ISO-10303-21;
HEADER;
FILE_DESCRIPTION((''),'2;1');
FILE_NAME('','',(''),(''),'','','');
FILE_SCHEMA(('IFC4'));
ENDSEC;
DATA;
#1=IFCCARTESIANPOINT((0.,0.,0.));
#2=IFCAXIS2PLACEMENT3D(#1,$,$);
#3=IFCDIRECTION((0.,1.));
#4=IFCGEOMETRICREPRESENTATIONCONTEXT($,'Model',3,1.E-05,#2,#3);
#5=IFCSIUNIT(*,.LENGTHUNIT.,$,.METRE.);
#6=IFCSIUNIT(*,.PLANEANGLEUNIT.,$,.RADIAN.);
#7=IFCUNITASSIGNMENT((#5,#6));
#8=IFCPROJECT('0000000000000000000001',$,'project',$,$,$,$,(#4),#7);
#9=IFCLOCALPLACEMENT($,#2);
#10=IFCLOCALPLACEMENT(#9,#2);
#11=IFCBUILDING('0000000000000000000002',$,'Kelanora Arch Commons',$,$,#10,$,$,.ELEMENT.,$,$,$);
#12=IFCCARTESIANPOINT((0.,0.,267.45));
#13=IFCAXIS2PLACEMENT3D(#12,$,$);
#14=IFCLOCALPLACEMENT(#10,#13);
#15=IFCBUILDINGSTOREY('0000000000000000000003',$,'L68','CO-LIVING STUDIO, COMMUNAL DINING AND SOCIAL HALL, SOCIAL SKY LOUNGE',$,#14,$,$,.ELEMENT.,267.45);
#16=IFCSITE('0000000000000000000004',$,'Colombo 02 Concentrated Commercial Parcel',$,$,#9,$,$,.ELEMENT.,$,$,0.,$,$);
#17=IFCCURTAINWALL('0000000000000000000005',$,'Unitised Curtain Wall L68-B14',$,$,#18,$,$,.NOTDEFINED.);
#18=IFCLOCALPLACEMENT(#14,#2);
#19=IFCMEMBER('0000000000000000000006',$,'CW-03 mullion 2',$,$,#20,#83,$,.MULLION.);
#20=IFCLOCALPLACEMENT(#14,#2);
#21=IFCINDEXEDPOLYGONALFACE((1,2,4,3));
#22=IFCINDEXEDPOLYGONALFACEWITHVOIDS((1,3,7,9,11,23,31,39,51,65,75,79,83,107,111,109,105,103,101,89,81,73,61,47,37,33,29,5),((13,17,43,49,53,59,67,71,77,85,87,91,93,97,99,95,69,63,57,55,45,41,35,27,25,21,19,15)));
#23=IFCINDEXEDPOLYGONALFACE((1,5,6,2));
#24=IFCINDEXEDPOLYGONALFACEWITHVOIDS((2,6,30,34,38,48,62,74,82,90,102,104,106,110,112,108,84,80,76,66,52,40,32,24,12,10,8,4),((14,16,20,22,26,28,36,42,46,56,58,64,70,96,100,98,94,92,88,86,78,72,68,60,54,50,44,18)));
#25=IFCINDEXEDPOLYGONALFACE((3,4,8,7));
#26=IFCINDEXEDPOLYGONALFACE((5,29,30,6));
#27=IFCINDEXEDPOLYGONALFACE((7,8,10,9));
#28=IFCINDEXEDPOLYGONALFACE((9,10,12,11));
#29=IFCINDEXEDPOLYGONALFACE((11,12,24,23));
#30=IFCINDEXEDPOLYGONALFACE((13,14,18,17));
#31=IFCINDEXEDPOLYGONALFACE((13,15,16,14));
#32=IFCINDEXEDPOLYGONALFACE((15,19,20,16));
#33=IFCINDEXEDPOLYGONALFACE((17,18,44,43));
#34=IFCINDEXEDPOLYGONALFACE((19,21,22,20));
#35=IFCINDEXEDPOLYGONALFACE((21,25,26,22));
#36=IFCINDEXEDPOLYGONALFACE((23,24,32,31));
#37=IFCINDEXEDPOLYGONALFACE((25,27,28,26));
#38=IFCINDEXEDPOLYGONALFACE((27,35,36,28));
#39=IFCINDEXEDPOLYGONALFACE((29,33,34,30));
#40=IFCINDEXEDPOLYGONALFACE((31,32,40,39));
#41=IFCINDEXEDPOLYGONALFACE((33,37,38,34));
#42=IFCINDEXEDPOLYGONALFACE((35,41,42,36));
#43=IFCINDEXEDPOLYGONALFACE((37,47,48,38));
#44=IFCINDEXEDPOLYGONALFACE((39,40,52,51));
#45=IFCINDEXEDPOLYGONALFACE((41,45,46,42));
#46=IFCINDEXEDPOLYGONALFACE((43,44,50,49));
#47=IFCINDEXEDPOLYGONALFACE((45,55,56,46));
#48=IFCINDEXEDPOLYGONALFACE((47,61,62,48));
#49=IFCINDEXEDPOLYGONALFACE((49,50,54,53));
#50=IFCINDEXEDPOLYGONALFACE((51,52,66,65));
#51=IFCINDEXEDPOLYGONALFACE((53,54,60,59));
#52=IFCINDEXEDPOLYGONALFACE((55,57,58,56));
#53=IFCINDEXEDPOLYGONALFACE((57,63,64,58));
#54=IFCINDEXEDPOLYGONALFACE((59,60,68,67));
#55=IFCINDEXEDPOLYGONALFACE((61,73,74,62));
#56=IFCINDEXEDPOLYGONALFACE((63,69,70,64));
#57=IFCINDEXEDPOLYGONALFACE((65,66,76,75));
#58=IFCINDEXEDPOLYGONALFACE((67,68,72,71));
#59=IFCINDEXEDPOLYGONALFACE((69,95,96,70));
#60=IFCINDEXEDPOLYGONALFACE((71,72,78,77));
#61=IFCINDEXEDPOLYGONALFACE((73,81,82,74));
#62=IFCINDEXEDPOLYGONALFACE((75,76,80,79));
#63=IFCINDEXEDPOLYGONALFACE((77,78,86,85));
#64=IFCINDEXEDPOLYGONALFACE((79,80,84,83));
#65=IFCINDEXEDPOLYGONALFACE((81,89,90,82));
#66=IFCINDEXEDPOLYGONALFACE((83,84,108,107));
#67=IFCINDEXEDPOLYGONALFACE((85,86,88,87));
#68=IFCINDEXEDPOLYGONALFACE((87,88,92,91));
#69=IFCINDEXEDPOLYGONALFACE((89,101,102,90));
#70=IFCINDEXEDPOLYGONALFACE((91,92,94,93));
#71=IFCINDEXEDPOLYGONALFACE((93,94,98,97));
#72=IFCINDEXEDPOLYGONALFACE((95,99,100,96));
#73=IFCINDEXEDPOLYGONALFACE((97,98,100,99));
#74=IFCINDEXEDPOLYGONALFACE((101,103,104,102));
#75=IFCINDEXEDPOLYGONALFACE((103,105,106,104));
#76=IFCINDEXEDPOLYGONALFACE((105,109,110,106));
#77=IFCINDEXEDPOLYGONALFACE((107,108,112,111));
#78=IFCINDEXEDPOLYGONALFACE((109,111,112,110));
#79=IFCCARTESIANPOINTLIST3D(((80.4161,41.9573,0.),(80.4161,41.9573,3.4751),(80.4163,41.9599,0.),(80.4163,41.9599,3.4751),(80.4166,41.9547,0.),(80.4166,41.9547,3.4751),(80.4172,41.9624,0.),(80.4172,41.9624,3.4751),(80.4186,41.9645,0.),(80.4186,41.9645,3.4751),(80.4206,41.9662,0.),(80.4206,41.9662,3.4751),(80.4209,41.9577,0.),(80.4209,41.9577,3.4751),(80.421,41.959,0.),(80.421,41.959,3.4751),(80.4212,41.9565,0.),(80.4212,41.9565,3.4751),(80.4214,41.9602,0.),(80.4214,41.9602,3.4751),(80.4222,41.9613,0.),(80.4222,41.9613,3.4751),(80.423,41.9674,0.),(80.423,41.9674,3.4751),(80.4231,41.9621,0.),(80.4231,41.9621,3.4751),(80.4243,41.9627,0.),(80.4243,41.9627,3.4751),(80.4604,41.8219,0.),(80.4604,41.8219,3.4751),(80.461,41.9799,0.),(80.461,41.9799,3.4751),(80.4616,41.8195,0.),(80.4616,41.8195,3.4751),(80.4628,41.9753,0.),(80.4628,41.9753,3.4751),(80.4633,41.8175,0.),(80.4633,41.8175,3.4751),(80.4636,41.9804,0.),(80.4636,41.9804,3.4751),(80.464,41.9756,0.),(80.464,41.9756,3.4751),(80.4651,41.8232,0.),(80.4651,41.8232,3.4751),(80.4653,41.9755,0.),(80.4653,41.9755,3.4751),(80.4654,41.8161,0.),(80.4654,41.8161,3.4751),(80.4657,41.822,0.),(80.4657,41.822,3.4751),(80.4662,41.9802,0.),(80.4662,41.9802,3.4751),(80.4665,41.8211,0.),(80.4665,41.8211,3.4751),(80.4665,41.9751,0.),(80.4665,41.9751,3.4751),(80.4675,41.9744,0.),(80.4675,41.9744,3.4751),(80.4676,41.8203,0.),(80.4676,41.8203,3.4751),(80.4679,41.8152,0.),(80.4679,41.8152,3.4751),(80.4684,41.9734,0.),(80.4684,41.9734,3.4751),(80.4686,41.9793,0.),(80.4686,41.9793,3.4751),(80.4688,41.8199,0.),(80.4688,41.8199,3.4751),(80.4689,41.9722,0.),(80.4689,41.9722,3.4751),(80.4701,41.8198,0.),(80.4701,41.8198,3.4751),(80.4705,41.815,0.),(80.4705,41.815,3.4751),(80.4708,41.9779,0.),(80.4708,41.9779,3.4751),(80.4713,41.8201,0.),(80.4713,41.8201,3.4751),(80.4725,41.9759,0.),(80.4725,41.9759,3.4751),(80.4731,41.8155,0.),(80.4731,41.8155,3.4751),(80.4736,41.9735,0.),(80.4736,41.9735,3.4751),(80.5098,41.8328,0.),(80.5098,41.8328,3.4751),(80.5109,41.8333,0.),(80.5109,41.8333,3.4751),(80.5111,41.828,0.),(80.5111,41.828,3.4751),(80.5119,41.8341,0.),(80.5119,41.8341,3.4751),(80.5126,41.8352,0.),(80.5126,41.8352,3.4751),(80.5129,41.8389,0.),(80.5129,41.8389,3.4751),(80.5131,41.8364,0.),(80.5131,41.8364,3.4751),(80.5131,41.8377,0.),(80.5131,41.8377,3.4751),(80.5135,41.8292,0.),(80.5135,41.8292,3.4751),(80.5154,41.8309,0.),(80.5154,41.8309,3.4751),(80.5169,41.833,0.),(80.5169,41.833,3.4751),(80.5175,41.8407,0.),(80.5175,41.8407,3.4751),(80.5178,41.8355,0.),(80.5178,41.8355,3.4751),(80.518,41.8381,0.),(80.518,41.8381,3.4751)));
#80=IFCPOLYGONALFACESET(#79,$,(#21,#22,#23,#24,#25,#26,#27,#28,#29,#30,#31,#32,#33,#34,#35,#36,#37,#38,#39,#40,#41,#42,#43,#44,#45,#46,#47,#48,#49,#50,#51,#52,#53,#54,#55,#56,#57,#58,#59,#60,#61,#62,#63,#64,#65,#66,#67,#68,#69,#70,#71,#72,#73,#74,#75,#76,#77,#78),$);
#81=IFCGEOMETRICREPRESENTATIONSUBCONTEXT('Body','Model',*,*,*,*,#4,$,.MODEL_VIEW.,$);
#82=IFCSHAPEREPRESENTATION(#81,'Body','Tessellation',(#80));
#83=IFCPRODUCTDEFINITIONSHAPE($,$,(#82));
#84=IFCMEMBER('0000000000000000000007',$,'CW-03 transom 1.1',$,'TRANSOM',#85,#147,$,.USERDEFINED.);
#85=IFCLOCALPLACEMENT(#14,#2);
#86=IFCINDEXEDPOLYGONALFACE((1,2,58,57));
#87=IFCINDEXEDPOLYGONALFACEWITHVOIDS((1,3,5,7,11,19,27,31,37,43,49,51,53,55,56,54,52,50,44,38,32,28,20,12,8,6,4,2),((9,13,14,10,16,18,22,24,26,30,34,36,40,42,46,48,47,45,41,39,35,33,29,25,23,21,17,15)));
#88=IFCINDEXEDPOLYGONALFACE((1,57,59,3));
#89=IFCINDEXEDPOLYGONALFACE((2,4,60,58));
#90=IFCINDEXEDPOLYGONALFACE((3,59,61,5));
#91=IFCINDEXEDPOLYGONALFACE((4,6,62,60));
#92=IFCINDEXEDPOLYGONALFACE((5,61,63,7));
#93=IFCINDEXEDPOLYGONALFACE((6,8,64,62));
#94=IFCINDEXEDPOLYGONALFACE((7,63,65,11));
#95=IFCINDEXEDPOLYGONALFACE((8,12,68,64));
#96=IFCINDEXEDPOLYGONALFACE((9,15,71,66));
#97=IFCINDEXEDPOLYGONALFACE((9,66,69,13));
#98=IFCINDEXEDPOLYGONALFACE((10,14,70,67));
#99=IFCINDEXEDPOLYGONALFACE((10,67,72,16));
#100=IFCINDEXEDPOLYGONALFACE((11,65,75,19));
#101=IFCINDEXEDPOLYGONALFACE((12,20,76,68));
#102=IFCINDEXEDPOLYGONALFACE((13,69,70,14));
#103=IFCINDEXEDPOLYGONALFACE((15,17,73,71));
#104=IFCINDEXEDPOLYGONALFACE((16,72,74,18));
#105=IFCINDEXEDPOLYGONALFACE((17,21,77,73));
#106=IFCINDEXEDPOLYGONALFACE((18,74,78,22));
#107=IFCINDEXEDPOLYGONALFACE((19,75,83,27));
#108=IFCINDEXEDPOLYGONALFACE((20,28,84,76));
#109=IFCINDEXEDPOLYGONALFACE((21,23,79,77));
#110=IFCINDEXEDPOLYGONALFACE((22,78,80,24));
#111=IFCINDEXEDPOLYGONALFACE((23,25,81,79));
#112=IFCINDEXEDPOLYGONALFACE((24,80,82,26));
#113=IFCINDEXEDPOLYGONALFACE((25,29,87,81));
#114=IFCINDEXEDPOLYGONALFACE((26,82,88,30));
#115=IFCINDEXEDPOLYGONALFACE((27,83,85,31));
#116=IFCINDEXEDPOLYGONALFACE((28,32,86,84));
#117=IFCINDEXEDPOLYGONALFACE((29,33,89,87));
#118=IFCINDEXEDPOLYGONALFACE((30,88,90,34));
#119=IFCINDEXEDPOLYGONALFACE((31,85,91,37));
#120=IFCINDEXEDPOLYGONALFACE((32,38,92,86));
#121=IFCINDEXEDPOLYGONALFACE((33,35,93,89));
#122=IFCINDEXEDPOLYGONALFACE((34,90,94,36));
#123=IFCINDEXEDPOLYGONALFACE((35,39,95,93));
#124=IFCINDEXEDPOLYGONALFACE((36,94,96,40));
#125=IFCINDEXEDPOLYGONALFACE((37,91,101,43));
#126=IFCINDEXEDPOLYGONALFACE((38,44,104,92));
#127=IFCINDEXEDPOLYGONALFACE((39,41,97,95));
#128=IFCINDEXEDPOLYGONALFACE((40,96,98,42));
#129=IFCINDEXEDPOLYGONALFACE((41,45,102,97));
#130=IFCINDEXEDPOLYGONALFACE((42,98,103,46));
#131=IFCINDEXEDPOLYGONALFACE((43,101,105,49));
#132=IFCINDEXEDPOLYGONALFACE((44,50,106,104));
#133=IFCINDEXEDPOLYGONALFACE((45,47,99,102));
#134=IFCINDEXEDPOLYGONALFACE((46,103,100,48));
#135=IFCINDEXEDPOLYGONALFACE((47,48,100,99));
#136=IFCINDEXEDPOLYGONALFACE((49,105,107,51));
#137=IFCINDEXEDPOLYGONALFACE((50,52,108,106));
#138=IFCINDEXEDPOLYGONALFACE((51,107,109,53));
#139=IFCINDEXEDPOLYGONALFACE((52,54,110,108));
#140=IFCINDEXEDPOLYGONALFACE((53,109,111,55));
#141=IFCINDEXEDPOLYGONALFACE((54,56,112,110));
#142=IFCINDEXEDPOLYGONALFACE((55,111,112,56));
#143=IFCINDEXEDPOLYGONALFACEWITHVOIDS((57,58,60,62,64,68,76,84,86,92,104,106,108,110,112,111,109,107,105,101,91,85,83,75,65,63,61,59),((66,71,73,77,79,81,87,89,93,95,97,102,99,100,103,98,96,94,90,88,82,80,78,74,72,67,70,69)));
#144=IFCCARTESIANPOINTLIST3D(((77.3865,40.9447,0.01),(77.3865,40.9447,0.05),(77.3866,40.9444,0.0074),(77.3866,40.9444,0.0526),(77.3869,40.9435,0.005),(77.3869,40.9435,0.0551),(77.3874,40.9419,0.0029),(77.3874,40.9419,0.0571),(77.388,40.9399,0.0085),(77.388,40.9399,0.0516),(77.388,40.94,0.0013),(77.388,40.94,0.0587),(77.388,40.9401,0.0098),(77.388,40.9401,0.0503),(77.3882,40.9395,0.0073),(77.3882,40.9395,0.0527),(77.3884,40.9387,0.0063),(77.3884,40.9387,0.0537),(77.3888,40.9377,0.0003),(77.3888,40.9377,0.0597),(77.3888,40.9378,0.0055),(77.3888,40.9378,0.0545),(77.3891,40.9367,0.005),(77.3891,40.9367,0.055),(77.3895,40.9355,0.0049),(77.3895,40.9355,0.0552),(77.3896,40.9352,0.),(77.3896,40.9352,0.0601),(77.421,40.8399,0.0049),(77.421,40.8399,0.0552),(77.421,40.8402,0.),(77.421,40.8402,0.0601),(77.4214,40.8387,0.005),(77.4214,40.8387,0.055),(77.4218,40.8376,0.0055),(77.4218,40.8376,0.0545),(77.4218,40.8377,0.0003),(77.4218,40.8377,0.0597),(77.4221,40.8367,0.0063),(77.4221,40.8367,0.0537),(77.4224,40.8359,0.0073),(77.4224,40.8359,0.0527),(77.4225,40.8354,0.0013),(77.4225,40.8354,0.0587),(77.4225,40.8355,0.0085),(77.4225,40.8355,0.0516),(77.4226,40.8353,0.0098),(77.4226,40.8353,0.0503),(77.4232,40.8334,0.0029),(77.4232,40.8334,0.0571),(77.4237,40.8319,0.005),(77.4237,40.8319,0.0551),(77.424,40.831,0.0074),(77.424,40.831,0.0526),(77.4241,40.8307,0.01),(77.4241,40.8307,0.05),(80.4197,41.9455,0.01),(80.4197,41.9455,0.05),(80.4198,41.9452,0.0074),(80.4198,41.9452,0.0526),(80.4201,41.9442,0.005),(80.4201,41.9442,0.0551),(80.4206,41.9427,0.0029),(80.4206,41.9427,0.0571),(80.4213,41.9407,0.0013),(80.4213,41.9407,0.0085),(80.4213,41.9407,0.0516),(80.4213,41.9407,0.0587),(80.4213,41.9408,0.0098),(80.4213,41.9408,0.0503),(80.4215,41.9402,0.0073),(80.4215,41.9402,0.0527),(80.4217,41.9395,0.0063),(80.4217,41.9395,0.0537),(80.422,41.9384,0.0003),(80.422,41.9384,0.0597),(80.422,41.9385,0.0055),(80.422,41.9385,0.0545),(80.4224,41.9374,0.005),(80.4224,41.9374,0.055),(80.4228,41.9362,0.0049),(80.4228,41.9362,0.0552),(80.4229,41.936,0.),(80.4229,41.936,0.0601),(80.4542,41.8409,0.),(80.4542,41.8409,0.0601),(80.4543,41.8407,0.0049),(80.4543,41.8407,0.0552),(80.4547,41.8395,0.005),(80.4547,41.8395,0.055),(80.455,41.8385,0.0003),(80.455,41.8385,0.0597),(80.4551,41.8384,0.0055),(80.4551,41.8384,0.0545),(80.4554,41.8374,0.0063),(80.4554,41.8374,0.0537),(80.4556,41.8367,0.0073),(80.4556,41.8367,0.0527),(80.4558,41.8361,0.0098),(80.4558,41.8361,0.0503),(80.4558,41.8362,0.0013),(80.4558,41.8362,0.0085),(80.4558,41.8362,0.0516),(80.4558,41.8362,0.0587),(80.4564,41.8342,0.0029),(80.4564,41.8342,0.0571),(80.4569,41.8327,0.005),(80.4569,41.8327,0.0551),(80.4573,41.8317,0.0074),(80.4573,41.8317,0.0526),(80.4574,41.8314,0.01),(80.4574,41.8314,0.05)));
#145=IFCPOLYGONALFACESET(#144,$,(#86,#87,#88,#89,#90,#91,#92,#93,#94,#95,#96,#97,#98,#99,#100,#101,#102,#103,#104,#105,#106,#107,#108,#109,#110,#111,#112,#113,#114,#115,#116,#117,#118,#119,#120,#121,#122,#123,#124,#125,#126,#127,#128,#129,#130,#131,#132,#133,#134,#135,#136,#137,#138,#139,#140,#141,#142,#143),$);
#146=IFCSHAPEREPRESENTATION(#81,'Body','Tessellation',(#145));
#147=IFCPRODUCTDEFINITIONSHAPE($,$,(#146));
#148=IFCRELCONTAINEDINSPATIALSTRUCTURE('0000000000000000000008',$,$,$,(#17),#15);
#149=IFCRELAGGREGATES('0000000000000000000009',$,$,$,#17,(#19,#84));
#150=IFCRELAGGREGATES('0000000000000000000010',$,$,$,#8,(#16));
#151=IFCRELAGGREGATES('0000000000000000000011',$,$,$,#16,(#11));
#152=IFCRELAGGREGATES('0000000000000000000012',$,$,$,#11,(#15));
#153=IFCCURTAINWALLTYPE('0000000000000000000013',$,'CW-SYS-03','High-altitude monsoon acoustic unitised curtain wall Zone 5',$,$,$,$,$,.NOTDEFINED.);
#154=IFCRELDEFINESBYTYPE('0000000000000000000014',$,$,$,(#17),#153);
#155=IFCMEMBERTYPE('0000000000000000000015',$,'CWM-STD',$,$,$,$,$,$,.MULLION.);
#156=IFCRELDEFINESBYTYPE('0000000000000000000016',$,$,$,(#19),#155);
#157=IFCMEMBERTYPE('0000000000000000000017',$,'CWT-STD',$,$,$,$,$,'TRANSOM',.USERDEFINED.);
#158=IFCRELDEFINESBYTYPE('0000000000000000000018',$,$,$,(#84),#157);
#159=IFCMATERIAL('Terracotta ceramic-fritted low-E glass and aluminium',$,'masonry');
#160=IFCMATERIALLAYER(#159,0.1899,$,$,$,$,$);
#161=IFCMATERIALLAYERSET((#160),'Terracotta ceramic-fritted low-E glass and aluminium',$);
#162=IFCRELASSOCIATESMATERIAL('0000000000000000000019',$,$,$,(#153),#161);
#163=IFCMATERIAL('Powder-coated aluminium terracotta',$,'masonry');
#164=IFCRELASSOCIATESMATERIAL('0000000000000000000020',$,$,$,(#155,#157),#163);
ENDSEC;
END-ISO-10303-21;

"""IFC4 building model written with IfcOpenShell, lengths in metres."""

from ifc_helpers import new_model, si_unit, direction, frame, origin, origin_2d, place, context, subcontext, project, spatial, hollow_rectangle, extrude, material, layer, layer_set, material_profile, profile_set, type_object, element, aggregate, save


model = new_model("IFC4")

# Units and contexts
model_context = context("Model", 3, precision=1e-05, world=origin(), true_north=direction((0.0, 1.0)))
body_context = subcontext(model_context, "Body", "Model", "MODEL_VIEW")
ifc_project = project(units=[si_unit("LENGTHUNIT", "METRE"), si_unit("PLANEANGLEUNIT", "RADIAN")], contexts=[model_context])

# Site, building, storey
site_placement = place(None, origin())
site = spatial("IfcSite", under=ifc_project, at=site_placement, Name="Colombo 02 Concentrated Commercial Parcel", CompositionType="ELEMENT", RefElevation=0.0)
building_placement = place(site_placement, origin())
building = spatial("IfcBuilding", under=site, at=building_placement, Name="Kelanora Arch Commons", CompositionType="ELEMENT")
storey_placement = place(building_placement, frame((0.0, 0.0, 267.45)))
storey = spatial("IfcBuildingStorey", under=building, at=storey_placement, Name="L68", Description="CO-LIVING STUDIO, COMMUNAL DINING AND SOCIAL HALL, SOCIAL SKY LOUNGE", CompositionType="ELEMENT", Elevation=267.45)

# Curtain wall, members
ifc_material_1 = material(Name="Terracotta ceramic-fritted low-E glass and aluminium", Category="masonry")
ifc_layer_1 = layer(ifc_material_1, 0.1899)
ifc_layer_set_1 = layer_set([ifc_layer_1], Name="Terracotta ceramic-fritted low-E glass and aluminium")
curtain_wall_type = type_object("IfcCurtainWallType", Name="CW-SYS-03", Description="High-altitude monsoon acoustic unitised curtain wall Zone 5", PredefinedType="NOTDEFINED", material=ifc_layer_set_1)
curtain_wall_placement = place(storey_placement, origin())
curtain_wall = element("IfcCurtainWall", 1, at=curtain_wall_placement, inside=storey, type_object=curtain_wall_type, Name="Unitised Curtain Wall L68-B14", PredefinedType="NOTDEFINED")
ifc_material_2 = material(Name="Powder-coated aluminium terracotta", Category="masonry")
ifc_material_profile_1 = material_profile(ifc_material_2, hollow_rectangle(XDim=0.1599, YDim=0.0601, WallThickness=0.0049, InnerFilletRadius=0.0049, OuterFilletRadius=0.01, at=origin_2d()), Name="CWM160x60")
ifc_profile_set_1 = profile_set([ifc_material_profile_1], Name="Powder-coated aluminium terracotta")
member_type_1 = type_object("IfcMemberType", Name="CWM-STD", PredefinedType="MULLION", material=ifc_profile_set_1)
member_1_placement = place(storey_placement, frame((80.467, 41.8977, 0.0), z_axis=(0.0, 0.0, 1.0), x_axis=(-0.313253, 0.94967, 0.0)))
member_1 = element("IfcMember", 2, at=member_1_placement, type_object=member_type_1, Name="CW-03 mullion 2", PredefinedType="MULLION", context=body_context, shape_type="SweptSolid", body=[
    extrude(hollow_rectangle(XDim=0.1599, YDim=0.0601, WallThickness=0.0049, InnerFilletRadius=0.0049, OuterFilletRadius=0.01, at=origin_2d()), origin(), (0.0, 0.0, 1.0), 3.4751),
])
ifc_material_profile_2 = material_profile(ifc_material_2, hollow_rectangle(XDim=0.1201, YDim=0.0601, WallThickness=0.0049, InnerFilletRadius=0.0049, OuterFilletRadius=0.01, at=origin_2d()), Name="CWT120x60")
ifc_profile_set_2 = profile_set([ifc_material_profile_2], Name="Powder-coated aluminium terracotta")
member_type_2 = type_object("IfcMemberType", Name="CWT-STD", ElementType="TRANSOM", PredefinedType="USERDEFINED", material=ifc_profile_set_2)
member_2_placement = place(storey_placement, frame((77.4053, 40.8877, 0.03), z_axis=(0.94965, 0.313314, 0.0), x_axis=(-0.313314, 0.94965, 0.0)))
member_2 = element("IfcMember", 3, at=member_2_placement, type_object=member_type_2, Name="CW-03 transom 1.1", ObjectType="TRANSOM", PredefinedType="USERDEFINED", context=body_context, shape_type="SweptSolid", body=[
    extrude(hollow_rectangle(XDim=0.1201, YDim=0.0601, WallThickness=0.0049, InnerFilletRadius=0.0049, OuterFilletRadius=0.01, at=origin_2d()), origin(), (0.0, 0.0, 1.0), 3.1941),
])
aggregate(curtain_wall, [member_1, member_2])

save(model, "model.ifc")
